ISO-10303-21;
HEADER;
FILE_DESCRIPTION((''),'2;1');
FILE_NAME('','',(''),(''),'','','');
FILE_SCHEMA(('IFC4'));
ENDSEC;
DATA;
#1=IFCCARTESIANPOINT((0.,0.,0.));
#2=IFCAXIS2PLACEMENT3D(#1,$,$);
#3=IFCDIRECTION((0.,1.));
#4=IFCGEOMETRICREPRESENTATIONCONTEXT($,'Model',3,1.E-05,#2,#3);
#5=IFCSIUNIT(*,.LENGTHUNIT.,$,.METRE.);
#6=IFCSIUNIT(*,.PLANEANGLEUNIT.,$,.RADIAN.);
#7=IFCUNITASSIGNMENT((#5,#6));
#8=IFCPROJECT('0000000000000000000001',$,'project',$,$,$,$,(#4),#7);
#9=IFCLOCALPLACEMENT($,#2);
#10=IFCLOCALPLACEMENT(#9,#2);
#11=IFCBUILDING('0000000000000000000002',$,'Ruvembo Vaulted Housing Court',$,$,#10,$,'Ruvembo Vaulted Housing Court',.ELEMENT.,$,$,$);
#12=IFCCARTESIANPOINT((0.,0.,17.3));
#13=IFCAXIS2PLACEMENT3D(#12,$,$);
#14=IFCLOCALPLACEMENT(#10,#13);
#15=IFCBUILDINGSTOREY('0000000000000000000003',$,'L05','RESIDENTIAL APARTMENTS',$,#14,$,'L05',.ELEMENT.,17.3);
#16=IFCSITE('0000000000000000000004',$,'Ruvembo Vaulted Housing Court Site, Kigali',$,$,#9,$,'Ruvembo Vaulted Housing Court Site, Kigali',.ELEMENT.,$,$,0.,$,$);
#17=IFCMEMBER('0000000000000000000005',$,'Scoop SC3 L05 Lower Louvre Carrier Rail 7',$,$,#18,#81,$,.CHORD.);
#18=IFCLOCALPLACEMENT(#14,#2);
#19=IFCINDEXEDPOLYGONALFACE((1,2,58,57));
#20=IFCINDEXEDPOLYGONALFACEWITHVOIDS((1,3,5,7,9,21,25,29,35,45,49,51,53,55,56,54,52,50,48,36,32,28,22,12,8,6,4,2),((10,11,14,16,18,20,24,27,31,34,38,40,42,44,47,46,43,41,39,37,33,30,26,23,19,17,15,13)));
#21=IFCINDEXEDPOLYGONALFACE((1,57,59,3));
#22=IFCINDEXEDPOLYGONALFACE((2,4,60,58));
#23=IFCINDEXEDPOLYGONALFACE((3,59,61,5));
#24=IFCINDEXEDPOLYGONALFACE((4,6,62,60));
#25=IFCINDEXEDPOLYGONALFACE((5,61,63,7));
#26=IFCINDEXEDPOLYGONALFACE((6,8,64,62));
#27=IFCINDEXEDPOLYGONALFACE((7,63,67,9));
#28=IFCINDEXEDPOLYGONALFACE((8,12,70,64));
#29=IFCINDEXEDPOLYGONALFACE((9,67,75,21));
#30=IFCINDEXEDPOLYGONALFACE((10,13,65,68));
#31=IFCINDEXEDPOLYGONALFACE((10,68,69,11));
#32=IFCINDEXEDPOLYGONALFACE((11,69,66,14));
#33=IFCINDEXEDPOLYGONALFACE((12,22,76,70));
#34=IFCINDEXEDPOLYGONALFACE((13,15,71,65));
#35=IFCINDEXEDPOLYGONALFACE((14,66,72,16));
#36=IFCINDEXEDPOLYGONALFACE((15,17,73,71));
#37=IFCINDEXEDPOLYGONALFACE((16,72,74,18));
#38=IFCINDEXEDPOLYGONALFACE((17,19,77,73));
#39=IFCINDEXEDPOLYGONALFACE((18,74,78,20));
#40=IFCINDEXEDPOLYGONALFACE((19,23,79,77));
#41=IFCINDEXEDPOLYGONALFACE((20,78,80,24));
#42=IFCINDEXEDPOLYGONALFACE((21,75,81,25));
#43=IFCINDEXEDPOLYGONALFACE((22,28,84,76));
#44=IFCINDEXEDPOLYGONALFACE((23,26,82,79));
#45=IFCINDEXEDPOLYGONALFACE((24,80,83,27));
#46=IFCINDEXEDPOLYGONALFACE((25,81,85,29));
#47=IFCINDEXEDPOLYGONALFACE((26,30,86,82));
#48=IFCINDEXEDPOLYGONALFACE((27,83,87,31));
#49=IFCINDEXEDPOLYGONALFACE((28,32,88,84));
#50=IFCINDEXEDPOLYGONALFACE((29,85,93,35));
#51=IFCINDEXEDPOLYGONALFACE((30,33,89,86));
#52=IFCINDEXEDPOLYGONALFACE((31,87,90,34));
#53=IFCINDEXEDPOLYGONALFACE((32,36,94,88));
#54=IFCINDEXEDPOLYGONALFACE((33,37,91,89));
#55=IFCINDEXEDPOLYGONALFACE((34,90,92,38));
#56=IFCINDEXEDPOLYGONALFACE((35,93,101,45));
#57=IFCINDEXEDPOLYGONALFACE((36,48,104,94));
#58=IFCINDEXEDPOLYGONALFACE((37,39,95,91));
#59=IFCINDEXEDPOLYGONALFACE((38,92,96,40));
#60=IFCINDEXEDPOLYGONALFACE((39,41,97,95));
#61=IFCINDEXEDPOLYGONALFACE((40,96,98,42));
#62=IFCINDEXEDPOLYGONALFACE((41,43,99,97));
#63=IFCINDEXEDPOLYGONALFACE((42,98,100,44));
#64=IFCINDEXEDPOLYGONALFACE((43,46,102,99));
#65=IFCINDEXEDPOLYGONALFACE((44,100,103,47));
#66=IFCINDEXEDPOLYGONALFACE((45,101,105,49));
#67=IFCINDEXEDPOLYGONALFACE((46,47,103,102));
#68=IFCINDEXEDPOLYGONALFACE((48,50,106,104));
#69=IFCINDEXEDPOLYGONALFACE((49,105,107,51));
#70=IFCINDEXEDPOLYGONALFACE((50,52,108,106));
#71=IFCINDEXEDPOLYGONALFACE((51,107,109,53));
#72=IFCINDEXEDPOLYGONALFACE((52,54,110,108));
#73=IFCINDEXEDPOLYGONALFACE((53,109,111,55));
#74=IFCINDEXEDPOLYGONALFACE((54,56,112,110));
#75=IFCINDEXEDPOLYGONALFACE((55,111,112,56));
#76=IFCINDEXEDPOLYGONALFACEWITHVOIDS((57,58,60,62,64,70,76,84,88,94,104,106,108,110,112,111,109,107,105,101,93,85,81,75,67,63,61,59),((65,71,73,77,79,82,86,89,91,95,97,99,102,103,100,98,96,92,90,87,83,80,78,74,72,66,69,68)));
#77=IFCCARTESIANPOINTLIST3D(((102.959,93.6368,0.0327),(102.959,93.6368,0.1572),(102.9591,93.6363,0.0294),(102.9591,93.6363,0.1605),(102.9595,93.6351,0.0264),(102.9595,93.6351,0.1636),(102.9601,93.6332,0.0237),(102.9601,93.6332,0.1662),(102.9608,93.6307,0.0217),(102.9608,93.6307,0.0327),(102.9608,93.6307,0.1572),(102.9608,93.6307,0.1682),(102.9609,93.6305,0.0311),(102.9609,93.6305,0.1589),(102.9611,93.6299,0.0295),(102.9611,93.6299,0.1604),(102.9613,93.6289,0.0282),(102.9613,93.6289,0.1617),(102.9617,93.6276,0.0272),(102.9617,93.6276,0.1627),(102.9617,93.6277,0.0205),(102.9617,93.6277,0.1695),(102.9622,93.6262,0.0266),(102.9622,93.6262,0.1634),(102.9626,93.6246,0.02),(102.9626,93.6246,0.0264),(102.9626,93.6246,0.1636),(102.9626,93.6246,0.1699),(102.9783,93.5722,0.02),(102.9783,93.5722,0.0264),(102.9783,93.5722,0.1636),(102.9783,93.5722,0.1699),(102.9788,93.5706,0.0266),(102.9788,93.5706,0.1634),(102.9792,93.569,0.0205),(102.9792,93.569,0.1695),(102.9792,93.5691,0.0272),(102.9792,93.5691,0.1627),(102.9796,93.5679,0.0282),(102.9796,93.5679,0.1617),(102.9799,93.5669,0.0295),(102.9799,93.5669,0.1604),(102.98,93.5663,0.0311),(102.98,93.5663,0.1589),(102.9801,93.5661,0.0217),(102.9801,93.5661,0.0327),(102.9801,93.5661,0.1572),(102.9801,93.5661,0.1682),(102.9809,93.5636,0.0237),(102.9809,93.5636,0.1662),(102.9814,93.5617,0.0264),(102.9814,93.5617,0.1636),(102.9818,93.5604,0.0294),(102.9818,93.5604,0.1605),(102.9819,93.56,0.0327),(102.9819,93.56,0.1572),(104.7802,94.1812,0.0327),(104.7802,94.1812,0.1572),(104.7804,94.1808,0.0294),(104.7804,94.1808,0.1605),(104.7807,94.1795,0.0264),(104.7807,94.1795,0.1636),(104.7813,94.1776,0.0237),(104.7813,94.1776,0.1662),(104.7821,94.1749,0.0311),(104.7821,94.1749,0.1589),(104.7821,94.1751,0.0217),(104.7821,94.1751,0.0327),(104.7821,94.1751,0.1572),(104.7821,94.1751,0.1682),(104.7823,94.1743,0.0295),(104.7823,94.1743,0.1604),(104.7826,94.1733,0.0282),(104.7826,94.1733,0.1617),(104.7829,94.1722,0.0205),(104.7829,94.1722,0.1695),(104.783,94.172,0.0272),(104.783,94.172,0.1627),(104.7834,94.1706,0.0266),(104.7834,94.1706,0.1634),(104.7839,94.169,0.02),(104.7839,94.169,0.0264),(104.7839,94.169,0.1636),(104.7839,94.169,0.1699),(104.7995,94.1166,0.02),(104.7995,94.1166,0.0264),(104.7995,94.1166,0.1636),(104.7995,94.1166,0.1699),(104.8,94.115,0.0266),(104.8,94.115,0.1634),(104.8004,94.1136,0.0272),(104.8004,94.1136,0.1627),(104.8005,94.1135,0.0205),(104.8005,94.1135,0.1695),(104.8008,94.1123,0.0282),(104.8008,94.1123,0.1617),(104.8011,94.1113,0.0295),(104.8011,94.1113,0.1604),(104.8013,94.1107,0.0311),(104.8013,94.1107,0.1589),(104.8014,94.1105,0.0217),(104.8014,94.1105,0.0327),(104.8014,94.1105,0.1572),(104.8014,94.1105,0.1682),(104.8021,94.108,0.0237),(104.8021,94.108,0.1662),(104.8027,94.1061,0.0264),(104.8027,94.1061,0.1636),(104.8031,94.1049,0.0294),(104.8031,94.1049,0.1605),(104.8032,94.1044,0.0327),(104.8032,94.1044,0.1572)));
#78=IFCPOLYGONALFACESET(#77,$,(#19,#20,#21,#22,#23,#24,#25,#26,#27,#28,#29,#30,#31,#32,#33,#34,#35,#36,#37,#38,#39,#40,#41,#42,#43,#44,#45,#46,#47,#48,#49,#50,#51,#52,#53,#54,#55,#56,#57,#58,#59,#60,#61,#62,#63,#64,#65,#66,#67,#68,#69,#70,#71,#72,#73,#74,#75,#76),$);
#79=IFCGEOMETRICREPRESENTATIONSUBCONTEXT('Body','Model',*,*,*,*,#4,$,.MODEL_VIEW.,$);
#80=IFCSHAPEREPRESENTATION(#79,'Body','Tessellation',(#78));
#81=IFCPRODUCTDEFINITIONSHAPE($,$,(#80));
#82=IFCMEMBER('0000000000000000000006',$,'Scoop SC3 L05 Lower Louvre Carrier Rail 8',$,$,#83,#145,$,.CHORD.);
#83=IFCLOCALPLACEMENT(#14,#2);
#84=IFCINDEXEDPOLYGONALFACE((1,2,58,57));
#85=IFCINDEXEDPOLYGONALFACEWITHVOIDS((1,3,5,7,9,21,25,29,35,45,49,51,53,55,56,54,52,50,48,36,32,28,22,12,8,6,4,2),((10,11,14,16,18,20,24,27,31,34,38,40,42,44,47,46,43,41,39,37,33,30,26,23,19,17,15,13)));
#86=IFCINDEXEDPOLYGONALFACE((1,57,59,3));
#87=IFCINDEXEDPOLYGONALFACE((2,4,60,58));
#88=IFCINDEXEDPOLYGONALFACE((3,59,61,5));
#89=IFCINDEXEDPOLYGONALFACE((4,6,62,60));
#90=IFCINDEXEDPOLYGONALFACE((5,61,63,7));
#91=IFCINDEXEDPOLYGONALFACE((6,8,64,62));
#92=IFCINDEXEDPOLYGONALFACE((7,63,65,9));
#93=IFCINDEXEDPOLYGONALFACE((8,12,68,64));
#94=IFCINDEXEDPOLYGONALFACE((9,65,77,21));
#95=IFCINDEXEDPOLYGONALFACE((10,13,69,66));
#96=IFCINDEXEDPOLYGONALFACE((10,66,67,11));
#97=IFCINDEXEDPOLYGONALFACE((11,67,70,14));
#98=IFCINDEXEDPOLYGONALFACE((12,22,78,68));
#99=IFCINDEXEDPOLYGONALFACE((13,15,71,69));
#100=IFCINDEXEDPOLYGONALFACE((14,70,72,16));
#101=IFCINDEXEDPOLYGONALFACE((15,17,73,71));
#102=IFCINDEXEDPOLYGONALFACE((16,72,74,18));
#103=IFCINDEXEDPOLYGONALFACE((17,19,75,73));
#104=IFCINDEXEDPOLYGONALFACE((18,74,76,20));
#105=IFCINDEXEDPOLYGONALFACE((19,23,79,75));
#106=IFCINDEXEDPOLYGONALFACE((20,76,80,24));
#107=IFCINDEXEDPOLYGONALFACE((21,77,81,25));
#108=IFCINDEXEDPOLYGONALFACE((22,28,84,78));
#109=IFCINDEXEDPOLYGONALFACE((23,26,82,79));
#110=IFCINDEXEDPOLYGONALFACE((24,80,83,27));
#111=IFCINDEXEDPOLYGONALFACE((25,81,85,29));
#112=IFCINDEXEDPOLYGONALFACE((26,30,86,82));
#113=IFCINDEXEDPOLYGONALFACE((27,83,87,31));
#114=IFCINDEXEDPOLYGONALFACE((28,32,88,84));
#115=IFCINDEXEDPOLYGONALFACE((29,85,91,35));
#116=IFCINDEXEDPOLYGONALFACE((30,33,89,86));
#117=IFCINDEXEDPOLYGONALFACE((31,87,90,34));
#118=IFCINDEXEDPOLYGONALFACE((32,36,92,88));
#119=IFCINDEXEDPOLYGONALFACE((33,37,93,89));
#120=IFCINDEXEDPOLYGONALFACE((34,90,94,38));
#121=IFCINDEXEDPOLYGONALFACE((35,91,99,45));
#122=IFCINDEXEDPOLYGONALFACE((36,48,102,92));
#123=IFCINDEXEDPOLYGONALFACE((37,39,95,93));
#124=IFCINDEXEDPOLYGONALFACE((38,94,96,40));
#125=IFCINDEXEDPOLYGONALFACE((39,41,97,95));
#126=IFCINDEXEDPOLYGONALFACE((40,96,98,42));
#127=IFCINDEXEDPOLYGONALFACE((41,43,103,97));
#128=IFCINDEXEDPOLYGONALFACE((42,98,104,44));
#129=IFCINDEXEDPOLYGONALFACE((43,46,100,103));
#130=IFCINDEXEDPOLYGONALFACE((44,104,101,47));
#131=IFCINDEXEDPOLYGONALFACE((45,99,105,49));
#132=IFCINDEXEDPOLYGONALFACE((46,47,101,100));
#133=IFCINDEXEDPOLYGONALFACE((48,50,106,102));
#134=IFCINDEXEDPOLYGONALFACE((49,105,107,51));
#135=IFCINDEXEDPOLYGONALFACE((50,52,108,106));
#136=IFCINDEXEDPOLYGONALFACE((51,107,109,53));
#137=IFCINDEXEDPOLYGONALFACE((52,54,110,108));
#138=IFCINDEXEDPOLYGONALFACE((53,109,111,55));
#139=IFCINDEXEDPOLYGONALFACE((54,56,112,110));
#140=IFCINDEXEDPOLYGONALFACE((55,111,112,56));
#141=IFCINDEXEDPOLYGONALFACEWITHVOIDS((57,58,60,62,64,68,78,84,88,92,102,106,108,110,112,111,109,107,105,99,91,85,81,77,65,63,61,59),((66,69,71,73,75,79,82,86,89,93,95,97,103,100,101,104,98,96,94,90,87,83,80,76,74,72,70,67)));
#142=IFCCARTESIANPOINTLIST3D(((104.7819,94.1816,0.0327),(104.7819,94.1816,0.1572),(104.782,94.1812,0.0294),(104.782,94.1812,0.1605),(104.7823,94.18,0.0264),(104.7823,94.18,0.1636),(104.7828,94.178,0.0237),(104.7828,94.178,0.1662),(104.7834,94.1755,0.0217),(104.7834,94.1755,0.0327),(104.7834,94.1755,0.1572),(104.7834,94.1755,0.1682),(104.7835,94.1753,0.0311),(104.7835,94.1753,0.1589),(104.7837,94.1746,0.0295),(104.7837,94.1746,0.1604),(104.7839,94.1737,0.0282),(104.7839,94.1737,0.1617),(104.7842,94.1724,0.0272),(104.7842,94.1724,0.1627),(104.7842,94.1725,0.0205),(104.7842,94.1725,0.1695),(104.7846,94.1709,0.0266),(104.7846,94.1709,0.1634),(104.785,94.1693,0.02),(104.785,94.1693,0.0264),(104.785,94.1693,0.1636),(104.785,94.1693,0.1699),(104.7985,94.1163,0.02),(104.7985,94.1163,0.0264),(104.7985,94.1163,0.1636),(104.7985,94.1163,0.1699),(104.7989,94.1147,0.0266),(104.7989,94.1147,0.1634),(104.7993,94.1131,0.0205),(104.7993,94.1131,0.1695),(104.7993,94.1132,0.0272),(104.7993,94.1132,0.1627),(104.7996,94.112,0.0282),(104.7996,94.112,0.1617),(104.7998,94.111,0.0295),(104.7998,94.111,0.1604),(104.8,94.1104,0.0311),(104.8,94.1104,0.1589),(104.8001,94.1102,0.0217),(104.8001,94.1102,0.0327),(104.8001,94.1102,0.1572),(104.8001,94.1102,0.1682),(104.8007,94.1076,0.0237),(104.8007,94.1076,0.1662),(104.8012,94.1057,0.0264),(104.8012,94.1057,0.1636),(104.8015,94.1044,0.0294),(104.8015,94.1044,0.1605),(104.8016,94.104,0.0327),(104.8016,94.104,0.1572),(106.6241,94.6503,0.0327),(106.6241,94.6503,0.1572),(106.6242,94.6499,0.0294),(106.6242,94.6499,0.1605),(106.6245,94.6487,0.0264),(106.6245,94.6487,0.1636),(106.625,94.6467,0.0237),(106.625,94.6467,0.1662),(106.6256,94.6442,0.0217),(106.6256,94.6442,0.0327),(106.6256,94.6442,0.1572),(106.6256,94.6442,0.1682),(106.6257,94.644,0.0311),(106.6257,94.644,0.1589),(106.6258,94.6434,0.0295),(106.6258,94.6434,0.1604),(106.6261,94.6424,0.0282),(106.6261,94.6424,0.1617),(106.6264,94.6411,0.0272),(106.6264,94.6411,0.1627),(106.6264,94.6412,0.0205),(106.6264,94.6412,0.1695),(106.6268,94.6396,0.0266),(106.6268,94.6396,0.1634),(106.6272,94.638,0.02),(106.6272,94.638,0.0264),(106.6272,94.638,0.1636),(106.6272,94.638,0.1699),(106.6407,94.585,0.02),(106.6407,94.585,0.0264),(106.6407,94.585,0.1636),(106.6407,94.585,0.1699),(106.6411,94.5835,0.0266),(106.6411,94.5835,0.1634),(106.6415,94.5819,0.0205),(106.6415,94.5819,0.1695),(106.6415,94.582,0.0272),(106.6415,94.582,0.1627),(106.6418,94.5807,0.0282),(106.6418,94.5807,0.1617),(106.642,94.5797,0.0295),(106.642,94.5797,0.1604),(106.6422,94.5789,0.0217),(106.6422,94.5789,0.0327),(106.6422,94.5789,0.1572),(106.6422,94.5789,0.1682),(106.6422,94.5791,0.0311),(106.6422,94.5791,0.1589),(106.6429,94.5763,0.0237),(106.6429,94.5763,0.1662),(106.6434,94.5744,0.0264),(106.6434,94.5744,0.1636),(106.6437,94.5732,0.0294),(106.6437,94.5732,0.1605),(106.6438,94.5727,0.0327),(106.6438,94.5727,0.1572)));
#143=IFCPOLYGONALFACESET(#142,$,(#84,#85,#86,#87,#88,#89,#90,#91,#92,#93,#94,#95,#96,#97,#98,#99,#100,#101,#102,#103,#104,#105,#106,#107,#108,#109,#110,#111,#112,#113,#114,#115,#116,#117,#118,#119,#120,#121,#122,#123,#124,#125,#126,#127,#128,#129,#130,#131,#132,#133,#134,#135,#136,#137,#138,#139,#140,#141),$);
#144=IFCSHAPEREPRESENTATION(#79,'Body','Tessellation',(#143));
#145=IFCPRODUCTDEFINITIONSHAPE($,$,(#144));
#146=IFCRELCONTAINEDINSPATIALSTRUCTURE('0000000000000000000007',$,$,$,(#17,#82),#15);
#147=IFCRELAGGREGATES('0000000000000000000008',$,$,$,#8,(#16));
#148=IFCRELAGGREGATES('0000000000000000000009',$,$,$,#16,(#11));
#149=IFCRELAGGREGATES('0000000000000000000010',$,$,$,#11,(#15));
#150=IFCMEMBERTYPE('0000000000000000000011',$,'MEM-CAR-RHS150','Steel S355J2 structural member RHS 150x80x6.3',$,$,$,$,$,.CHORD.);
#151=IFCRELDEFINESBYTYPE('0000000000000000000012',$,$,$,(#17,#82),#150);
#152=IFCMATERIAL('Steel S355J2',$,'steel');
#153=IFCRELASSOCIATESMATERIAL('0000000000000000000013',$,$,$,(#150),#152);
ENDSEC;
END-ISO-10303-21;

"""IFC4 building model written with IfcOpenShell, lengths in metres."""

from ifc_helpers import new_model, si_unit, direction, frame, origin, origin_2d, place, context, subcontext, project, spatial, hollow_rectangle, extrude, material, material_profile, profile_set, type_object, element, save


model = new_model("IFC4")

# Units and contexts
model_context = context("Model", 3, precision=1e-05, world=origin(), true_north=direction((0.0, 1.0)))
body_context = subcontext(model_context, "Body", "Model", "MODEL_VIEW")
ifc_project = project(units=[si_unit("LENGTHUNIT", "METRE"), si_unit("PLANEANGLEUNIT", "RADIAN")], contexts=[model_context])

# Site, building, storey
site_placement = place(None, origin())
site = spatial("IfcSite", under=ifc_project, at=site_placement, Name="Ruvembo Vaulted Housing Court Site, Kigali", LongName="Ruvembo Vaulted Housing Court Site, Kigali", CompositionType="ELEMENT", RefElevation=0.0)
building_placement = place(site_placement, origin())
building = spatial("IfcBuilding", under=site, at=building_placement, Name="Ruvembo Vaulted Housing Court", LongName="Ruvembo Vaulted Housing Court", CompositionType="ELEMENT")
storey_placement = place(building_placement, frame((0.0, 0.0, 17.3)))
storey = spatial("IfcBuildingStorey", under=building, at=storey_placement, Name="L05", Description="RESIDENTIAL APARTMENTS", LongName="L05", CompositionType="ELEMENT", Elevation=17.3)

# Shared definitions
ifc_material_1 = material(Name="Steel S355J2", Category="steel")

# Members
ifc_material_profile_1 = material_profile(ifc_material_1, hollow_rectangle(XDim=0.0801, YDim=0.1499, WallThickness=0.0063, InnerFilletRadius=0.0063, OuterFilletRadius=0.0127, at=origin_2d()), Name="RHS 150x80x6.3")
ifc_profile_set_1 = profile_set([ifc_material_profile_1], Name="Steel S355J2")
member_type_1 = type_object("IfcMemberType", Name="MEM-CAR-RHS150", Description="Steel S355J2 structural member RHS 150x80x6.3", PredefinedType="CHORD", material=ifc_profile_set_1)
for number, where, z_axis, x_axis, name in (
    (1, (102.9705, 93.5984, 0.095), (0.958109, 0.286405, 0.0), (-0.286405, 0.958109, 0.0), "Scoop SC3 L05 Lower Louvre Carrier Rail 7"),
    (2, (104.7917, 94.1428, 0.095), (0.969122, 0.246583, 0.0), (-0.246583, 0.969122, 0.0), "Scoop SC3 L05 Lower Louvre Carrier Rail 8"),
):
    element("IfcMember", number, at=place(storey_placement, frame(where, z_axis=z_axis, x_axis=x_axis)), inside=storey, type_object=member_type_1, Name=name, PredefinedType="CHORD", context=body_context, shape_type="SweptSolid", body=[
        extrude(hollow_rectangle(XDim=0.0801, YDim=0.1499, WallThickness=0.0063, InnerFilletRadius=0.0063, OuterFilletRadius=0.0127, at=origin_2d()), origin(), (0.0, 0.0, 1.0), 1.9009),
    ])

save(model, "model.ifc")
